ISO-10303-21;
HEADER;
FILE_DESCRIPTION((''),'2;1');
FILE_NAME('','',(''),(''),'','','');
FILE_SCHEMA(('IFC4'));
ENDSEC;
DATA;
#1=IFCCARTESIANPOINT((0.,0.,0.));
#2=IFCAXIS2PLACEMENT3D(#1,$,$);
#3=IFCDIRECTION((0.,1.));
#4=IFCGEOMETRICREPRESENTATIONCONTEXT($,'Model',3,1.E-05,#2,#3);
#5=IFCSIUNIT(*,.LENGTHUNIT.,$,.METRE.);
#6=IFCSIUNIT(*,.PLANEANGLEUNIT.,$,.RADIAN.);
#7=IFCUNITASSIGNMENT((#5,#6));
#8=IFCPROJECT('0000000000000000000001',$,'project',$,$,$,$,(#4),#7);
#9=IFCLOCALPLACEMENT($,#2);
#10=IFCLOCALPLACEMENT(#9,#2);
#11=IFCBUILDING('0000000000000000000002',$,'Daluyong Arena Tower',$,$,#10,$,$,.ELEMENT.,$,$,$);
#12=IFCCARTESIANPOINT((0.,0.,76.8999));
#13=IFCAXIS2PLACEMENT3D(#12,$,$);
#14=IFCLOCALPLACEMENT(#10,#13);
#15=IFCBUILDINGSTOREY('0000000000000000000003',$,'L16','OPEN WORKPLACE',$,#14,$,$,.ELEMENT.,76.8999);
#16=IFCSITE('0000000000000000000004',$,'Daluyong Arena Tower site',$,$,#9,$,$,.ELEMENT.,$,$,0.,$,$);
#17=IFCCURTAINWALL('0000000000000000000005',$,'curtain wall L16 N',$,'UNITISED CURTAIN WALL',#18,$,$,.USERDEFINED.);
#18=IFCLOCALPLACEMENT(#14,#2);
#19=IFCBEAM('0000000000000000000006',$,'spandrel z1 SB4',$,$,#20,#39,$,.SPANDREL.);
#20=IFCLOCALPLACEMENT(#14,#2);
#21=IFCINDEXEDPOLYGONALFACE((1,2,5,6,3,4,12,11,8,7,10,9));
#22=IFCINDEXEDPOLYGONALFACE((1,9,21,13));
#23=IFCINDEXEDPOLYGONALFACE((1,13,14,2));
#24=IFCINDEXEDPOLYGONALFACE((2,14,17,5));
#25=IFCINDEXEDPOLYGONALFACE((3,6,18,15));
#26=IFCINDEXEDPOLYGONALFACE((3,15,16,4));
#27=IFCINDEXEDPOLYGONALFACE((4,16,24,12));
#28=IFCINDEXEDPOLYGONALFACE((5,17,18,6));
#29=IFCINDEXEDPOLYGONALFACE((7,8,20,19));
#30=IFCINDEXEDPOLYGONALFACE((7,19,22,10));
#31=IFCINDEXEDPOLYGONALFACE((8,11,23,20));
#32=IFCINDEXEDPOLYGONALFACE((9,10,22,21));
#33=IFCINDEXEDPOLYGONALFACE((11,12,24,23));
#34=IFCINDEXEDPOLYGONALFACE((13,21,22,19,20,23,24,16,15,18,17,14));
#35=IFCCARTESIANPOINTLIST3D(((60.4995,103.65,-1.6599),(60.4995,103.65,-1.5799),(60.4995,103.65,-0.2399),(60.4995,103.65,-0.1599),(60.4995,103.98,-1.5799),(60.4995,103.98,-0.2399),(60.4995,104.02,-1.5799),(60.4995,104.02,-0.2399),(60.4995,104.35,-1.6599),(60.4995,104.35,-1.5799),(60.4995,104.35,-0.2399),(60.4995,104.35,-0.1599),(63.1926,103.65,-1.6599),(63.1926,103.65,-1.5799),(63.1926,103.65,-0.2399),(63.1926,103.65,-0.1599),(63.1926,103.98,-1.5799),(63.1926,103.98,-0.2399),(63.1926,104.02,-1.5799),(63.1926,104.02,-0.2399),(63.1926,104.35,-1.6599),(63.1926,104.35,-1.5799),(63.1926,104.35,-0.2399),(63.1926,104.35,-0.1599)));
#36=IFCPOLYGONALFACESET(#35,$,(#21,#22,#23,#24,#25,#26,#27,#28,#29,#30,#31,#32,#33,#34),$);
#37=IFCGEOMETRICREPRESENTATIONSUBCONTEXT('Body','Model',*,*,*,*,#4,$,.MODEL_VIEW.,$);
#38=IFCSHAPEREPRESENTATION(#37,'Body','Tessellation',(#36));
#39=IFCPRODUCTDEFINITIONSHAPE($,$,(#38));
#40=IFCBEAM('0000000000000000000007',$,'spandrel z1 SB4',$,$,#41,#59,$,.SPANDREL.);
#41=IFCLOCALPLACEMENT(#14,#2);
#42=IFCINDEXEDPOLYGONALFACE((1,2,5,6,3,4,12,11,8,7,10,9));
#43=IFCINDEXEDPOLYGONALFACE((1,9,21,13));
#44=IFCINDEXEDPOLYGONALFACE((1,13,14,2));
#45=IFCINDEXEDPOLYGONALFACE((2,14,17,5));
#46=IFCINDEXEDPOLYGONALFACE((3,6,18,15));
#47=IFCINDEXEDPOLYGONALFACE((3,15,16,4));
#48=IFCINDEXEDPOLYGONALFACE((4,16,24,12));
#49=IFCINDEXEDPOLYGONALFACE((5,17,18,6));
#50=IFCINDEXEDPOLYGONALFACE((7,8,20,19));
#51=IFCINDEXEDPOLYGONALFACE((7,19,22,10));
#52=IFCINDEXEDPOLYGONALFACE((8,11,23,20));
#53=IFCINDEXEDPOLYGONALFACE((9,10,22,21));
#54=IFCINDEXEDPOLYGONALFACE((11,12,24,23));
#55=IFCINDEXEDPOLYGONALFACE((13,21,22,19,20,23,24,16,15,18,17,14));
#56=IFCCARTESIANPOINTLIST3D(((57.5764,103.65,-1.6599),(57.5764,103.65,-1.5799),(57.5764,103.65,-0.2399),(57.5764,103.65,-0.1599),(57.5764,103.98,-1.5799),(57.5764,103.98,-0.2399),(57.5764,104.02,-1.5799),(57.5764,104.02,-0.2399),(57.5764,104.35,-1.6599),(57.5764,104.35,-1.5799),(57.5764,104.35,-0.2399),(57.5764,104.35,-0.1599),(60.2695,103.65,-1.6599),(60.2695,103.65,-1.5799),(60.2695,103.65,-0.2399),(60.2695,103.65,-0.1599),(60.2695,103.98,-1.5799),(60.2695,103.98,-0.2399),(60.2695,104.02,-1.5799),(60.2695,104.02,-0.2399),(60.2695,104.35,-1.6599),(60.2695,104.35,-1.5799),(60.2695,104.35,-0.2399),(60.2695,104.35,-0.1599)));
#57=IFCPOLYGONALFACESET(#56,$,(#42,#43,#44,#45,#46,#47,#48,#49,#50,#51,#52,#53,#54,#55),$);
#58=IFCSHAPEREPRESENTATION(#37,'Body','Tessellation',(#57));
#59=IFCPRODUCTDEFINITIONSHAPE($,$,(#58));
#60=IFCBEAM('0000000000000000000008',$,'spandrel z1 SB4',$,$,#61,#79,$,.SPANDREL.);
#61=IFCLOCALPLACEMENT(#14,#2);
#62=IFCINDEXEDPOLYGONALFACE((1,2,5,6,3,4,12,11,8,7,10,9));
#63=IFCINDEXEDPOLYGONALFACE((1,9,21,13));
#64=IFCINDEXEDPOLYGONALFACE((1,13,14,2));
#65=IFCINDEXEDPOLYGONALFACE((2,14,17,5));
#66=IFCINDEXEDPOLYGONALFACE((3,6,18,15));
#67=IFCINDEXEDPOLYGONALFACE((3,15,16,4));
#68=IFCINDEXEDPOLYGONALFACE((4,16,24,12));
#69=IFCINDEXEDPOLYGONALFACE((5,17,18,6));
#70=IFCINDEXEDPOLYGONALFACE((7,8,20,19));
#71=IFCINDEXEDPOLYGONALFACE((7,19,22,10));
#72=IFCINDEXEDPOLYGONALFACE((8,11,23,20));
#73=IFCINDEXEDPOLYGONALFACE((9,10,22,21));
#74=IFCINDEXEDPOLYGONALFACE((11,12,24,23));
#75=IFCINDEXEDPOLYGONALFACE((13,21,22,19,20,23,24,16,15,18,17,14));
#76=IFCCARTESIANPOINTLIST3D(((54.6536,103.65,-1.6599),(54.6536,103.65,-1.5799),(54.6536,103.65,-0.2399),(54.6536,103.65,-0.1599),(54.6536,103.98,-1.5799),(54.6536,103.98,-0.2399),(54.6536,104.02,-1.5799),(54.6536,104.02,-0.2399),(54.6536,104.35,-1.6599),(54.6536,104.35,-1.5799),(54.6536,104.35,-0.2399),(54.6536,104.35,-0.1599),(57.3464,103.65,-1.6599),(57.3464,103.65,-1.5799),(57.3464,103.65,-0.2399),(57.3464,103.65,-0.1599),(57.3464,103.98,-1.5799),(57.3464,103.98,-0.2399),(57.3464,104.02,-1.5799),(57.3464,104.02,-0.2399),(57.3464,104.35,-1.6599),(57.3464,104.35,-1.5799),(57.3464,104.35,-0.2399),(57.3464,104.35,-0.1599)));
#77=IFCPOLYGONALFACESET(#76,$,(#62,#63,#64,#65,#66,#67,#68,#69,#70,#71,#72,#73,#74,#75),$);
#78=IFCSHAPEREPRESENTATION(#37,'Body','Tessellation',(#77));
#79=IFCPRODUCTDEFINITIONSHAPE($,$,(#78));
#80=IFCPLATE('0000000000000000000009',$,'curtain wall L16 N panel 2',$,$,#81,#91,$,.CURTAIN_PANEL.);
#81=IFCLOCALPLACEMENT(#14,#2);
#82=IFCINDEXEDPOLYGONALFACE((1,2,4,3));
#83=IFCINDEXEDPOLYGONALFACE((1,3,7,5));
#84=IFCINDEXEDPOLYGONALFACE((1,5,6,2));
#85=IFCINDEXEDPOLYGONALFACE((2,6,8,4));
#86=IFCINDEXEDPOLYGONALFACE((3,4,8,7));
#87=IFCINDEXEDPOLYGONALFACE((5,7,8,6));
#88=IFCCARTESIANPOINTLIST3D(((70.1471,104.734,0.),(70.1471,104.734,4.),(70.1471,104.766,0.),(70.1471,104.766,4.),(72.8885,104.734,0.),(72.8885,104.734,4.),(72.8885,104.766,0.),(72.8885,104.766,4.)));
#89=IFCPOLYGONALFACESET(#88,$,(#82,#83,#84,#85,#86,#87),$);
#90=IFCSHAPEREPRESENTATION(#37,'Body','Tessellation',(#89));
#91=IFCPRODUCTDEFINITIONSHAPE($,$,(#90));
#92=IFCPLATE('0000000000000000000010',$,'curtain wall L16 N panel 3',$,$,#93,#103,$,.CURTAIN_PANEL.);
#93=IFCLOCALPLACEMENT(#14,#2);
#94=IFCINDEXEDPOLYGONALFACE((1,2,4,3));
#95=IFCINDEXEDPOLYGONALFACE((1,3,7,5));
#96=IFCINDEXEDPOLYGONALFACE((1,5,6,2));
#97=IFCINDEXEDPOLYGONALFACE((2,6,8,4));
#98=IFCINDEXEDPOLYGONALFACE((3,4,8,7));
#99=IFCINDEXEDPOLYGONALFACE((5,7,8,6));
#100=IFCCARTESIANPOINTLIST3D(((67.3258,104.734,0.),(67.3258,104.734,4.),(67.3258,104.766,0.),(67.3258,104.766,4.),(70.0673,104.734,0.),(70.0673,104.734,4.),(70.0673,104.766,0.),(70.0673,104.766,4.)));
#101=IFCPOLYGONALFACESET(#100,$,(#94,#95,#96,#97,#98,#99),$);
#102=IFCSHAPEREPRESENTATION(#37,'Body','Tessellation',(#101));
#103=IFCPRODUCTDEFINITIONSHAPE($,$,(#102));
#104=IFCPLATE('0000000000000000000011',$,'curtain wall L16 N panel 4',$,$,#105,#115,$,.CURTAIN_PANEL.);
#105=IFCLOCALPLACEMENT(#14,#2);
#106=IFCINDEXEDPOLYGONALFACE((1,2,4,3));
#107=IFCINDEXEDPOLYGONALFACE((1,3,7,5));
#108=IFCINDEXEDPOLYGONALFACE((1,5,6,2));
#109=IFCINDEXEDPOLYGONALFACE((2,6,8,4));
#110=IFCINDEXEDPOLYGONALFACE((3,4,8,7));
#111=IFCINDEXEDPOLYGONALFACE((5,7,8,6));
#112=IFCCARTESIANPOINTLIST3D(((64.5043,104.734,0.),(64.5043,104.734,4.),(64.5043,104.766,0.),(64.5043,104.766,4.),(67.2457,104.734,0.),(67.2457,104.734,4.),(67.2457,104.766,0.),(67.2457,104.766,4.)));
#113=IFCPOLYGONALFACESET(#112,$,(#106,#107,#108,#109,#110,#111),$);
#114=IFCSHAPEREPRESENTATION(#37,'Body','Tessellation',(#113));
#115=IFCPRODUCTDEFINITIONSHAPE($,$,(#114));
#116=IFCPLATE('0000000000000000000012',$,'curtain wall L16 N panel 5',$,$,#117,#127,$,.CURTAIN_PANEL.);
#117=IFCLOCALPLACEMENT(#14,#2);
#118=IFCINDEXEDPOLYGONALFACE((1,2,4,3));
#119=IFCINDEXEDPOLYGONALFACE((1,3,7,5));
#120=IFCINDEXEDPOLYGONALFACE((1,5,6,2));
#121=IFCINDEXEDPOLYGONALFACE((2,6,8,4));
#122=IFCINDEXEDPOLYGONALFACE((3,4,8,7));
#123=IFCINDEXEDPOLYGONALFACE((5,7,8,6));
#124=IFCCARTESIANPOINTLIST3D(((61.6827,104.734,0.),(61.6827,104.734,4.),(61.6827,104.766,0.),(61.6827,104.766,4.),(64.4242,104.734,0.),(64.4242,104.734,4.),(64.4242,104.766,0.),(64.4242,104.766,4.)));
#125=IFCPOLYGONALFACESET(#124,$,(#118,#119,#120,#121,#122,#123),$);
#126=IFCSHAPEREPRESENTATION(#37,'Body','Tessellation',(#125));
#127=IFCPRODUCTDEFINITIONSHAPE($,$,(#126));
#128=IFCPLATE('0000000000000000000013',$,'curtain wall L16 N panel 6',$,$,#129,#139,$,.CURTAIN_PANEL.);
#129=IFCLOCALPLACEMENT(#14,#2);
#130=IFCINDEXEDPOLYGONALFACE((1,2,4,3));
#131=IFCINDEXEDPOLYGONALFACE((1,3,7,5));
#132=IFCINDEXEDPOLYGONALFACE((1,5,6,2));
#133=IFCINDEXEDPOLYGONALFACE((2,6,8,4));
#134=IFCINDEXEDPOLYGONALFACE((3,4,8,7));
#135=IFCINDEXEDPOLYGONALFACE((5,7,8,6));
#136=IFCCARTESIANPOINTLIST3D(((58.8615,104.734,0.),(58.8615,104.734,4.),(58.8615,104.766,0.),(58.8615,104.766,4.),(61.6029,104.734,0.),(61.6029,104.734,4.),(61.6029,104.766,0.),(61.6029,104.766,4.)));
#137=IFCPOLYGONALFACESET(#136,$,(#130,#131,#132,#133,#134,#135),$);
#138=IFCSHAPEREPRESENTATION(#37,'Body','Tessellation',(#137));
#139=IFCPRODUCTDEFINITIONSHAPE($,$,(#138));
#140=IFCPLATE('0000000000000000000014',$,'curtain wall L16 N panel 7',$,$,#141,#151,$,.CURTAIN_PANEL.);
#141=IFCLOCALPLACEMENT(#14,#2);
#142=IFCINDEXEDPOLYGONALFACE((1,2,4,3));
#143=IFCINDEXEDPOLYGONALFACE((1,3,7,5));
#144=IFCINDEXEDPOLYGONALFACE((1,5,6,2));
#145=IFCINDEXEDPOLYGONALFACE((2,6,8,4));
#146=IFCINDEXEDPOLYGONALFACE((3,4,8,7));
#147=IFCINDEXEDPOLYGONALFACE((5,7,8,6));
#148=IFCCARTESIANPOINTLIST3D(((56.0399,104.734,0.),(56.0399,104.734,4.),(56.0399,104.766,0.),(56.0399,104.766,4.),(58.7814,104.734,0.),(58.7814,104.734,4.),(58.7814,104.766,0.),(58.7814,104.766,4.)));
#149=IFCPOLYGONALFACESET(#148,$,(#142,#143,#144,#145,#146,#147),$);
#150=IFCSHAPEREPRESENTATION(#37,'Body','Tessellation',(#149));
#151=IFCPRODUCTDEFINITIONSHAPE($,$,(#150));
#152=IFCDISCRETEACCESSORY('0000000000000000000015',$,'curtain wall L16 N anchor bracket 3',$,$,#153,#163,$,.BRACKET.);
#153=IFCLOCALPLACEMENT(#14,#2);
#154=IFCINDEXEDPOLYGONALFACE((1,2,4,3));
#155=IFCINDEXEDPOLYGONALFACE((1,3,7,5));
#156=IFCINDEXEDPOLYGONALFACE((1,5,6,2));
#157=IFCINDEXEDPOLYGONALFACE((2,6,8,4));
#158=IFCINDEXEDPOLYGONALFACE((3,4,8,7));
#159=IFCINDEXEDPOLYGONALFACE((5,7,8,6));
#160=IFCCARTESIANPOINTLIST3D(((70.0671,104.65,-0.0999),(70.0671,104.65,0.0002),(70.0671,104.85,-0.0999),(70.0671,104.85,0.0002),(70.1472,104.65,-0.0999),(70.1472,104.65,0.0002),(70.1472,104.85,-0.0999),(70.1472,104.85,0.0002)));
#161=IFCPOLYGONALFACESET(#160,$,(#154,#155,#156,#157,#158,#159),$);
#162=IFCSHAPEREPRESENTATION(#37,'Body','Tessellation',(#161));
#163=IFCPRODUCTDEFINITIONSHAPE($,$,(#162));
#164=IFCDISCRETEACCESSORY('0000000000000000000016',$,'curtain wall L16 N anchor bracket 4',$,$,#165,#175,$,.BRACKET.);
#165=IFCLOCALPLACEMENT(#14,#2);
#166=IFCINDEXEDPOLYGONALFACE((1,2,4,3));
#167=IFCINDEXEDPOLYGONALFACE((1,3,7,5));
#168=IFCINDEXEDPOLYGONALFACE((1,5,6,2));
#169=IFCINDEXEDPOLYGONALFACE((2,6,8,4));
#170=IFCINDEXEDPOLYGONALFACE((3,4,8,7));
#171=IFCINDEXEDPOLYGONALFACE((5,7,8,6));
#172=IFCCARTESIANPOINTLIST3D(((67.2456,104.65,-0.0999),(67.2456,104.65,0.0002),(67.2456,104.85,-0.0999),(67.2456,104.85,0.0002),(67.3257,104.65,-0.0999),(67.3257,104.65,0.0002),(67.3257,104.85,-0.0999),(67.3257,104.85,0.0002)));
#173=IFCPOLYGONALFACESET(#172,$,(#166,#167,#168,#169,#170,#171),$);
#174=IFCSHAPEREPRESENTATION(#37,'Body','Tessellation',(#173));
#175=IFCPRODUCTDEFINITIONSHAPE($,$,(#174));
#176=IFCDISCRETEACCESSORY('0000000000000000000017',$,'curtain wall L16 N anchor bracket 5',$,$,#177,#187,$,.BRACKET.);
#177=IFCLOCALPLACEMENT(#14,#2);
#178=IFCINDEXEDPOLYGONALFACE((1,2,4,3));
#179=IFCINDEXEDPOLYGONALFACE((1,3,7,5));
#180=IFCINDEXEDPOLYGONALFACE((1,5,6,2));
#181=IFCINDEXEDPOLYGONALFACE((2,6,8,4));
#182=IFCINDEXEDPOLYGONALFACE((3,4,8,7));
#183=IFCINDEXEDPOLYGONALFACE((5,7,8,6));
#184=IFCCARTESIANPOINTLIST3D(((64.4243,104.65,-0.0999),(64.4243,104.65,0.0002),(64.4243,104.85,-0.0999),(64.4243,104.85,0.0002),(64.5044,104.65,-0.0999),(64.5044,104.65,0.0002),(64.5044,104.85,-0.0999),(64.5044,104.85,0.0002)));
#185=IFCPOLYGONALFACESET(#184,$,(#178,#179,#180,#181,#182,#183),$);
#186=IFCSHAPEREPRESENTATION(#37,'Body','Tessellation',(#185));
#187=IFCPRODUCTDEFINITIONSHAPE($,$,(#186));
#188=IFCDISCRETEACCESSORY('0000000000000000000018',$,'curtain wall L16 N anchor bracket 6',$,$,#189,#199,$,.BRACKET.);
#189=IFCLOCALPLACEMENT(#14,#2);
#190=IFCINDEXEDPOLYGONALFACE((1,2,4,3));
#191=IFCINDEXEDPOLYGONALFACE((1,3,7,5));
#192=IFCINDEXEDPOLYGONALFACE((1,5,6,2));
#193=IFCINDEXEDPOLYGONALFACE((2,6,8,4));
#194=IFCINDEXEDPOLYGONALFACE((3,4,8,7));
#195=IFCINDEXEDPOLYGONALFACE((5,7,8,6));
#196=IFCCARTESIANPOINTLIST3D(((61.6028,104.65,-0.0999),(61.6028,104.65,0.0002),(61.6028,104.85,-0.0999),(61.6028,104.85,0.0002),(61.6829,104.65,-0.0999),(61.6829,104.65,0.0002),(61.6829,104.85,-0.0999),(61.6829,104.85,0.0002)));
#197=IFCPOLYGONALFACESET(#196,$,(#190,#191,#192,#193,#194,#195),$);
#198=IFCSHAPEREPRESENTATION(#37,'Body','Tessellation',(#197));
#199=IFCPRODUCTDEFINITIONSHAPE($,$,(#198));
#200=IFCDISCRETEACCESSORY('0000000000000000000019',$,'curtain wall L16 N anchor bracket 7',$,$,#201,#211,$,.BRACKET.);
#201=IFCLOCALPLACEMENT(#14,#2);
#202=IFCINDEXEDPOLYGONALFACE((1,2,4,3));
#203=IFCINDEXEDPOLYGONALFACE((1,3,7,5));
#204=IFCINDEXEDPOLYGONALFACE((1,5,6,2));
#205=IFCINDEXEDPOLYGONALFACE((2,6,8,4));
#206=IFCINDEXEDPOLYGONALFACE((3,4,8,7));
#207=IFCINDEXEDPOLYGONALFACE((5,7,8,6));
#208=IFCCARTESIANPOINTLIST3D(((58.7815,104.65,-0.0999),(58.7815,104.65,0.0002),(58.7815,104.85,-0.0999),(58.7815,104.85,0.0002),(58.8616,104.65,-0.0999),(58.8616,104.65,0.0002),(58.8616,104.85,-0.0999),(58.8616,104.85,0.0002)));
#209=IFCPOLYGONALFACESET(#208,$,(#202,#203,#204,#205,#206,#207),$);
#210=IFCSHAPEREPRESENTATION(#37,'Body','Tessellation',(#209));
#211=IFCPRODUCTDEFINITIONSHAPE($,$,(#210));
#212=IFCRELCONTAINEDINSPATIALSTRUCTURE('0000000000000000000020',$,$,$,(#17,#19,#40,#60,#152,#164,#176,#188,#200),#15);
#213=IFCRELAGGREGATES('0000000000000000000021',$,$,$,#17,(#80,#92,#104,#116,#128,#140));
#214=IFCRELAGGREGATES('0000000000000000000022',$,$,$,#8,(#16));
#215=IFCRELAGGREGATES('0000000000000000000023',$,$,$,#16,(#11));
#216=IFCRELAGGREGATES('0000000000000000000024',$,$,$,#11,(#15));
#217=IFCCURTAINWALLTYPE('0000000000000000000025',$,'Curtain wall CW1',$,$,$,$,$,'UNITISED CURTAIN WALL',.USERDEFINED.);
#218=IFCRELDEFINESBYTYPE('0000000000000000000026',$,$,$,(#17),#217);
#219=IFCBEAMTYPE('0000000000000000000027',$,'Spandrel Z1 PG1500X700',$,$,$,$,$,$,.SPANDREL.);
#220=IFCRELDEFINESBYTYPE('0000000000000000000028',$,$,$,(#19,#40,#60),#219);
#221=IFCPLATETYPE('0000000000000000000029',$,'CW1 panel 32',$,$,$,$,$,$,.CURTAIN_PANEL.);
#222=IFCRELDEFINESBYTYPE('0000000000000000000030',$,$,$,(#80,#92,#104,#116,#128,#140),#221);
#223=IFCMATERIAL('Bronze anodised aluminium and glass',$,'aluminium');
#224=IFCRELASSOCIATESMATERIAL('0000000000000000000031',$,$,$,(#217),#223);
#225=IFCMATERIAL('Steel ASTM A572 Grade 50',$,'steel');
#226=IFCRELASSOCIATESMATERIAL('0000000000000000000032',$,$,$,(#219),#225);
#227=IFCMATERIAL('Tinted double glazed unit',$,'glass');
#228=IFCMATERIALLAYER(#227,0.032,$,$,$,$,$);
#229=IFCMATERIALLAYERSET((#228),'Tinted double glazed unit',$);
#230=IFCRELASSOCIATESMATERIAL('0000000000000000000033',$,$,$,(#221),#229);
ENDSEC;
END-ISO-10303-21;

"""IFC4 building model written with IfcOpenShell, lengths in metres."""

from ifc_helpers import new_model, si_unit, direction, frame, origin, origin_2d, place, context, subcontext, project, spatial, rectangle, i_section, extrude, material, layer, layer_set, material_profile, profile_set, type_object, element, aggregate, save


model = new_model("IFC4")

# Units and contexts
model_context = context("Model", 3, precision=1e-05, world=origin(), true_north=direction((0.0, 1.0)))
body_context = subcontext(model_context, "Body", "Model", "MODEL_VIEW")
ifc_project = project(units=[si_unit("LENGTHUNIT", "METRE"), si_unit("PLANEANGLEUNIT", "RADIAN")], contexts=[model_context])

# Site, building, storey
site_placement = place(None, origin())
site = spatial("IfcSite", under=ifc_project, at=site_placement, Name="Daluyong Arena Tower site", CompositionType="ELEMENT", RefElevation=0.0)
building_placement = place(site_placement, origin())
building = spatial("IfcBuilding", under=site, at=building_placement, Name="Daluyong Arena Tower", CompositionType="ELEMENT")
storey_placement = place(building_placement, frame((0.0, 0.0, 76.8999)))
storey = spatial("IfcBuildingStorey", under=building, at=storey_placement, Name="L16", Description="OPEN WORKPLACE", CompositionType="ELEMENT", Elevation=76.8999)

# Curtain wall
ifc_material_1 = material(Name="Bronze anodised aluminium and glass", Category="aluminium")
curtain_wall_type = type_object("IfcCurtainWallType", Name="Curtain wall CW1", ElementType="UNITISED CURTAIN WALL", PredefinedType="USERDEFINED", material=ifc_material_1)
curtain_wall_placement = place(storey_placement, origin())
curtain_wall = element("IfcCurtainWall", 1, at=curtain_wall_placement, inside=storey, type_object=curtain_wall_type, Name="curtain wall L16 N", ObjectType="UNITISED CURTAIN WALL", PredefinedType="USERDEFINED")

# Beams
ifc_material_2 = material(Name="Steel ASTM A572 Grade 50", Category="steel")
ifc_material_profile_1 = material_profile(ifc_material_2, i_section(OverallWidth=0.7, OverallDepth=1.5, WebThickness=0.04, FlangeThickness=0.08, at=origin_2d()))
ifc_profile_set_1 = profile_set([ifc_material_profile_1], Name="Steel ASTM A572 Grade 50")
beam_type_1 = type_object("IfcBeamType", Name="Spandrel Z1 PG1500X700", PredefinedType="SPANDREL", material=ifc_profile_set_1)
for number, where, z_axis, x_axis, name in (
    (2, (63.1926, 104.0, -0.9099), (-1.0, 0.0, 0.0), (0.0, -1.0, 0.0), "spandrel z1 SB4"),
    (3, (60.2695, 104.0, -0.9099), (-1.0, 0.0, 0.0), (0.0, -1.0, 0.0), "spandrel z1 SB4"),
):
    element("IfcBeam", number, at=place(storey_placement, frame(where, z_axis=z_axis, x_axis=x_axis)), inside=storey, type_object=beam_type_1, Name=name, PredefinedType="SPANDREL", context=body_context, shape_type="SweptSolid", body=[
        extrude(i_section(OverallWidth=0.7, OverallDepth=1.5, WebThickness=0.04, FlangeThickness=0.08, at=origin_2d()), origin(), (0.0, 0.0, 1.0), 2.6931),
    ])
beam_1_placement = place(storey_placement, frame((57.3464, 104.0, -0.9099), z_axis=(-1.0, 0.0, 0.0), x_axis=(0.0, -1.0, 0.0)))
element("IfcBeam", 4, at=beam_1_placement, inside=storey, type_object=beam_type_1, Name="spandrel z1 SB4", PredefinedType="SPANDREL", context=body_context, shape_type="SweptSolid", body=[
    extrude(i_section(OverallWidth=0.7, OverallDepth=1.5, WebThickness=0.04, FlangeThickness=0.08, at=origin_2d()), origin(), (0.0, 0.0, 1.0), 2.6929),
])

# Plates
ifc_material_3 = material(Name="Tinted double glazed unit", Category="glass")
ifc_layer = layer(ifc_material_3, 0.032)
ifc_layer_set = layer_set([ifc_layer], Name="Tinted double glazed unit")
plate_type = type_object("IfcPlateType", Name="CW1 panel 32", PredefinedType="CURTAIN_PANEL", material=ifc_layer_set)
plate_1_placement = place(storey_placement, frame((71.5178, 104.75, 0.0), z_axis=(0.0, 0.0, 1.0), x_axis=(-1.0, 0.0, 0.0)))
plate_1 = element("IfcPlate", 5, at=plate_1_placement, type_object=plate_type, Name="curtain wall L16 N panel 2", PredefinedType="CURTAIN_PANEL", context=body_context, shape_type="SweptSolid", body=[
    extrude(rectangle(XDim=2.7415, YDim=0.032, at=origin_2d()), origin(), (0.0, 0.0, 1.0), 4.0),
])
plate_2_placement = place(storey_placement, frame((68.6965, 104.75, 0.0), z_axis=(0.0, 0.0, 1.0), x_axis=(-1.0, 0.0, 0.0)))
plate_2 = element("IfcPlate", 6, at=plate_2_placement, type_object=plate_type, Name="curtain wall L16 N panel 3", PredefinedType="CURTAIN_PANEL", context=body_context, shape_type="SweptSolid", body=[
    extrude(rectangle(XDim=2.7415, YDim=0.032, at=origin_2d()), origin(), (0.0, 0.0, 1.0), 4.0),
])
plate_3_placement = place(storey_placement, frame((65.875, 104.75, 0.0), z_axis=(0.0, 0.0, 1.0), x_axis=(-1.0, 0.0, 0.0)))
plate_3 = element("IfcPlate", 7, at=plate_3_placement, type_object=plate_type, Name="curtain wall L16 N panel 4", PredefinedType="CURTAIN_PANEL", context=body_context, shape_type="SweptSolid", body=[
    extrude(rectangle(XDim=2.7415, YDim=0.032, at=origin_2d()), origin(), (0.0, 0.0, 1.0), 4.0),
])
plate_4_placement = place(storey_placement, frame((63.0535, 104.75, 0.0), z_axis=(0.0, 0.0, 1.0), x_axis=(-1.0, 0.0, 0.0)))
plate_4 = element("IfcPlate", 8, at=plate_4_placement, type_object=plate_type, Name="curtain wall L16 N panel 5", PredefinedType="CURTAIN_PANEL", context=body_context, shape_type="SweptSolid", body=[
    extrude(rectangle(XDim=2.7415, YDim=0.032, at=origin_2d()), origin(), (0.0, 0.0, 1.0), 4.0),
])
plate_5_placement = place(storey_placement, frame((60.2322, 104.75, 0.0), z_axis=(0.0, 0.0, 1.0), x_axis=(-1.0, 0.0, 0.0)))
plate_5 = element("IfcPlate", 9, at=plate_5_placement, type_object=plate_type, Name="curtain wall L16 N panel 6", PredefinedType="CURTAIN_PANEL", context=body_context, shape_type="SweptSolid", body=[
    extrude(rectangle(XDim=2.7415, YDim=0.032, at=origin_2d()), origin(), (0.0, 0.0, 1.0), 4.0),
])
plate_6_placement = place(storey_placement, frame((57.4106, 104.75, 0.0), z_axis=(0.0, 0.0, 1.0), x_axis=(-1.0, 0.0, 0.0)))
plate_6 = element("IfcPlate", 10, at=plate_6_placement, type_object=plate_type, Name="curtain wall L16 N panel 7", PredefinedType="CURTAIN_PANEL", context=body_context, shape_type="SweptSolid", body=[
    extrude(rectangle(XDim=2.7415, YDim=0.032, at=origin_2d()), origin(), (0.0, 0.0, 1.0), 4.0),
])
aggregate(curtain_wall, [plate_1, plate_2, plate_3, plate_4, plate_5, plate_6])

# Discrete accessories
for number, where, z_axis, x_axis, name in (
    (11, (70.1072, 104.75, -0.0999), (0.0, 0.0, 1.0), (-1.0, 0.0, 0.0), "curtain wall L16 N anchor bracket 3"),
    (12, (67.2856, 104.75, -0.0999), (0.0, 0.0, 1.0), (-1.0, 0.0, 0.0), "curtain wall L16 N anchor bracket 4"),
    (13, (64.4644, 104.75, -0.0999), (0.0, 0.0, 1.0), (-1.0, 0.0, 0.0), "curtain wall L16 N anchor bracket 5"),
    (14, (61.6428, 104.75, -0.0999), (0.0, 0.0, 1.0), (-1.0, 0.0, 0.0), "curtain wall L16 N anchor bracket 6"),
    (15, (58.8215, 104.75, -0.0999), (0.0, 0.0, 1.0), (-1.0, 0.0, 0.0), "curtain wall L16 N anchor bracket 7"),
):
    element("IfcDiscreteAccessory", number, at=place(storey_placement, frame(where, z_axis=z_axis, x_axis=x_axis)), inside=storey, Name=name, PredefinedType="BRACKET", context=body_context, shape_type="SweptSolid", body=[
        extrude(rectangle(XDim=0.0801, YDim=0.2, at=origin_2d()), origin(), (0.0, 0.0, 1.0), 0.1001),
    ])

save(model, "model.ifc")
